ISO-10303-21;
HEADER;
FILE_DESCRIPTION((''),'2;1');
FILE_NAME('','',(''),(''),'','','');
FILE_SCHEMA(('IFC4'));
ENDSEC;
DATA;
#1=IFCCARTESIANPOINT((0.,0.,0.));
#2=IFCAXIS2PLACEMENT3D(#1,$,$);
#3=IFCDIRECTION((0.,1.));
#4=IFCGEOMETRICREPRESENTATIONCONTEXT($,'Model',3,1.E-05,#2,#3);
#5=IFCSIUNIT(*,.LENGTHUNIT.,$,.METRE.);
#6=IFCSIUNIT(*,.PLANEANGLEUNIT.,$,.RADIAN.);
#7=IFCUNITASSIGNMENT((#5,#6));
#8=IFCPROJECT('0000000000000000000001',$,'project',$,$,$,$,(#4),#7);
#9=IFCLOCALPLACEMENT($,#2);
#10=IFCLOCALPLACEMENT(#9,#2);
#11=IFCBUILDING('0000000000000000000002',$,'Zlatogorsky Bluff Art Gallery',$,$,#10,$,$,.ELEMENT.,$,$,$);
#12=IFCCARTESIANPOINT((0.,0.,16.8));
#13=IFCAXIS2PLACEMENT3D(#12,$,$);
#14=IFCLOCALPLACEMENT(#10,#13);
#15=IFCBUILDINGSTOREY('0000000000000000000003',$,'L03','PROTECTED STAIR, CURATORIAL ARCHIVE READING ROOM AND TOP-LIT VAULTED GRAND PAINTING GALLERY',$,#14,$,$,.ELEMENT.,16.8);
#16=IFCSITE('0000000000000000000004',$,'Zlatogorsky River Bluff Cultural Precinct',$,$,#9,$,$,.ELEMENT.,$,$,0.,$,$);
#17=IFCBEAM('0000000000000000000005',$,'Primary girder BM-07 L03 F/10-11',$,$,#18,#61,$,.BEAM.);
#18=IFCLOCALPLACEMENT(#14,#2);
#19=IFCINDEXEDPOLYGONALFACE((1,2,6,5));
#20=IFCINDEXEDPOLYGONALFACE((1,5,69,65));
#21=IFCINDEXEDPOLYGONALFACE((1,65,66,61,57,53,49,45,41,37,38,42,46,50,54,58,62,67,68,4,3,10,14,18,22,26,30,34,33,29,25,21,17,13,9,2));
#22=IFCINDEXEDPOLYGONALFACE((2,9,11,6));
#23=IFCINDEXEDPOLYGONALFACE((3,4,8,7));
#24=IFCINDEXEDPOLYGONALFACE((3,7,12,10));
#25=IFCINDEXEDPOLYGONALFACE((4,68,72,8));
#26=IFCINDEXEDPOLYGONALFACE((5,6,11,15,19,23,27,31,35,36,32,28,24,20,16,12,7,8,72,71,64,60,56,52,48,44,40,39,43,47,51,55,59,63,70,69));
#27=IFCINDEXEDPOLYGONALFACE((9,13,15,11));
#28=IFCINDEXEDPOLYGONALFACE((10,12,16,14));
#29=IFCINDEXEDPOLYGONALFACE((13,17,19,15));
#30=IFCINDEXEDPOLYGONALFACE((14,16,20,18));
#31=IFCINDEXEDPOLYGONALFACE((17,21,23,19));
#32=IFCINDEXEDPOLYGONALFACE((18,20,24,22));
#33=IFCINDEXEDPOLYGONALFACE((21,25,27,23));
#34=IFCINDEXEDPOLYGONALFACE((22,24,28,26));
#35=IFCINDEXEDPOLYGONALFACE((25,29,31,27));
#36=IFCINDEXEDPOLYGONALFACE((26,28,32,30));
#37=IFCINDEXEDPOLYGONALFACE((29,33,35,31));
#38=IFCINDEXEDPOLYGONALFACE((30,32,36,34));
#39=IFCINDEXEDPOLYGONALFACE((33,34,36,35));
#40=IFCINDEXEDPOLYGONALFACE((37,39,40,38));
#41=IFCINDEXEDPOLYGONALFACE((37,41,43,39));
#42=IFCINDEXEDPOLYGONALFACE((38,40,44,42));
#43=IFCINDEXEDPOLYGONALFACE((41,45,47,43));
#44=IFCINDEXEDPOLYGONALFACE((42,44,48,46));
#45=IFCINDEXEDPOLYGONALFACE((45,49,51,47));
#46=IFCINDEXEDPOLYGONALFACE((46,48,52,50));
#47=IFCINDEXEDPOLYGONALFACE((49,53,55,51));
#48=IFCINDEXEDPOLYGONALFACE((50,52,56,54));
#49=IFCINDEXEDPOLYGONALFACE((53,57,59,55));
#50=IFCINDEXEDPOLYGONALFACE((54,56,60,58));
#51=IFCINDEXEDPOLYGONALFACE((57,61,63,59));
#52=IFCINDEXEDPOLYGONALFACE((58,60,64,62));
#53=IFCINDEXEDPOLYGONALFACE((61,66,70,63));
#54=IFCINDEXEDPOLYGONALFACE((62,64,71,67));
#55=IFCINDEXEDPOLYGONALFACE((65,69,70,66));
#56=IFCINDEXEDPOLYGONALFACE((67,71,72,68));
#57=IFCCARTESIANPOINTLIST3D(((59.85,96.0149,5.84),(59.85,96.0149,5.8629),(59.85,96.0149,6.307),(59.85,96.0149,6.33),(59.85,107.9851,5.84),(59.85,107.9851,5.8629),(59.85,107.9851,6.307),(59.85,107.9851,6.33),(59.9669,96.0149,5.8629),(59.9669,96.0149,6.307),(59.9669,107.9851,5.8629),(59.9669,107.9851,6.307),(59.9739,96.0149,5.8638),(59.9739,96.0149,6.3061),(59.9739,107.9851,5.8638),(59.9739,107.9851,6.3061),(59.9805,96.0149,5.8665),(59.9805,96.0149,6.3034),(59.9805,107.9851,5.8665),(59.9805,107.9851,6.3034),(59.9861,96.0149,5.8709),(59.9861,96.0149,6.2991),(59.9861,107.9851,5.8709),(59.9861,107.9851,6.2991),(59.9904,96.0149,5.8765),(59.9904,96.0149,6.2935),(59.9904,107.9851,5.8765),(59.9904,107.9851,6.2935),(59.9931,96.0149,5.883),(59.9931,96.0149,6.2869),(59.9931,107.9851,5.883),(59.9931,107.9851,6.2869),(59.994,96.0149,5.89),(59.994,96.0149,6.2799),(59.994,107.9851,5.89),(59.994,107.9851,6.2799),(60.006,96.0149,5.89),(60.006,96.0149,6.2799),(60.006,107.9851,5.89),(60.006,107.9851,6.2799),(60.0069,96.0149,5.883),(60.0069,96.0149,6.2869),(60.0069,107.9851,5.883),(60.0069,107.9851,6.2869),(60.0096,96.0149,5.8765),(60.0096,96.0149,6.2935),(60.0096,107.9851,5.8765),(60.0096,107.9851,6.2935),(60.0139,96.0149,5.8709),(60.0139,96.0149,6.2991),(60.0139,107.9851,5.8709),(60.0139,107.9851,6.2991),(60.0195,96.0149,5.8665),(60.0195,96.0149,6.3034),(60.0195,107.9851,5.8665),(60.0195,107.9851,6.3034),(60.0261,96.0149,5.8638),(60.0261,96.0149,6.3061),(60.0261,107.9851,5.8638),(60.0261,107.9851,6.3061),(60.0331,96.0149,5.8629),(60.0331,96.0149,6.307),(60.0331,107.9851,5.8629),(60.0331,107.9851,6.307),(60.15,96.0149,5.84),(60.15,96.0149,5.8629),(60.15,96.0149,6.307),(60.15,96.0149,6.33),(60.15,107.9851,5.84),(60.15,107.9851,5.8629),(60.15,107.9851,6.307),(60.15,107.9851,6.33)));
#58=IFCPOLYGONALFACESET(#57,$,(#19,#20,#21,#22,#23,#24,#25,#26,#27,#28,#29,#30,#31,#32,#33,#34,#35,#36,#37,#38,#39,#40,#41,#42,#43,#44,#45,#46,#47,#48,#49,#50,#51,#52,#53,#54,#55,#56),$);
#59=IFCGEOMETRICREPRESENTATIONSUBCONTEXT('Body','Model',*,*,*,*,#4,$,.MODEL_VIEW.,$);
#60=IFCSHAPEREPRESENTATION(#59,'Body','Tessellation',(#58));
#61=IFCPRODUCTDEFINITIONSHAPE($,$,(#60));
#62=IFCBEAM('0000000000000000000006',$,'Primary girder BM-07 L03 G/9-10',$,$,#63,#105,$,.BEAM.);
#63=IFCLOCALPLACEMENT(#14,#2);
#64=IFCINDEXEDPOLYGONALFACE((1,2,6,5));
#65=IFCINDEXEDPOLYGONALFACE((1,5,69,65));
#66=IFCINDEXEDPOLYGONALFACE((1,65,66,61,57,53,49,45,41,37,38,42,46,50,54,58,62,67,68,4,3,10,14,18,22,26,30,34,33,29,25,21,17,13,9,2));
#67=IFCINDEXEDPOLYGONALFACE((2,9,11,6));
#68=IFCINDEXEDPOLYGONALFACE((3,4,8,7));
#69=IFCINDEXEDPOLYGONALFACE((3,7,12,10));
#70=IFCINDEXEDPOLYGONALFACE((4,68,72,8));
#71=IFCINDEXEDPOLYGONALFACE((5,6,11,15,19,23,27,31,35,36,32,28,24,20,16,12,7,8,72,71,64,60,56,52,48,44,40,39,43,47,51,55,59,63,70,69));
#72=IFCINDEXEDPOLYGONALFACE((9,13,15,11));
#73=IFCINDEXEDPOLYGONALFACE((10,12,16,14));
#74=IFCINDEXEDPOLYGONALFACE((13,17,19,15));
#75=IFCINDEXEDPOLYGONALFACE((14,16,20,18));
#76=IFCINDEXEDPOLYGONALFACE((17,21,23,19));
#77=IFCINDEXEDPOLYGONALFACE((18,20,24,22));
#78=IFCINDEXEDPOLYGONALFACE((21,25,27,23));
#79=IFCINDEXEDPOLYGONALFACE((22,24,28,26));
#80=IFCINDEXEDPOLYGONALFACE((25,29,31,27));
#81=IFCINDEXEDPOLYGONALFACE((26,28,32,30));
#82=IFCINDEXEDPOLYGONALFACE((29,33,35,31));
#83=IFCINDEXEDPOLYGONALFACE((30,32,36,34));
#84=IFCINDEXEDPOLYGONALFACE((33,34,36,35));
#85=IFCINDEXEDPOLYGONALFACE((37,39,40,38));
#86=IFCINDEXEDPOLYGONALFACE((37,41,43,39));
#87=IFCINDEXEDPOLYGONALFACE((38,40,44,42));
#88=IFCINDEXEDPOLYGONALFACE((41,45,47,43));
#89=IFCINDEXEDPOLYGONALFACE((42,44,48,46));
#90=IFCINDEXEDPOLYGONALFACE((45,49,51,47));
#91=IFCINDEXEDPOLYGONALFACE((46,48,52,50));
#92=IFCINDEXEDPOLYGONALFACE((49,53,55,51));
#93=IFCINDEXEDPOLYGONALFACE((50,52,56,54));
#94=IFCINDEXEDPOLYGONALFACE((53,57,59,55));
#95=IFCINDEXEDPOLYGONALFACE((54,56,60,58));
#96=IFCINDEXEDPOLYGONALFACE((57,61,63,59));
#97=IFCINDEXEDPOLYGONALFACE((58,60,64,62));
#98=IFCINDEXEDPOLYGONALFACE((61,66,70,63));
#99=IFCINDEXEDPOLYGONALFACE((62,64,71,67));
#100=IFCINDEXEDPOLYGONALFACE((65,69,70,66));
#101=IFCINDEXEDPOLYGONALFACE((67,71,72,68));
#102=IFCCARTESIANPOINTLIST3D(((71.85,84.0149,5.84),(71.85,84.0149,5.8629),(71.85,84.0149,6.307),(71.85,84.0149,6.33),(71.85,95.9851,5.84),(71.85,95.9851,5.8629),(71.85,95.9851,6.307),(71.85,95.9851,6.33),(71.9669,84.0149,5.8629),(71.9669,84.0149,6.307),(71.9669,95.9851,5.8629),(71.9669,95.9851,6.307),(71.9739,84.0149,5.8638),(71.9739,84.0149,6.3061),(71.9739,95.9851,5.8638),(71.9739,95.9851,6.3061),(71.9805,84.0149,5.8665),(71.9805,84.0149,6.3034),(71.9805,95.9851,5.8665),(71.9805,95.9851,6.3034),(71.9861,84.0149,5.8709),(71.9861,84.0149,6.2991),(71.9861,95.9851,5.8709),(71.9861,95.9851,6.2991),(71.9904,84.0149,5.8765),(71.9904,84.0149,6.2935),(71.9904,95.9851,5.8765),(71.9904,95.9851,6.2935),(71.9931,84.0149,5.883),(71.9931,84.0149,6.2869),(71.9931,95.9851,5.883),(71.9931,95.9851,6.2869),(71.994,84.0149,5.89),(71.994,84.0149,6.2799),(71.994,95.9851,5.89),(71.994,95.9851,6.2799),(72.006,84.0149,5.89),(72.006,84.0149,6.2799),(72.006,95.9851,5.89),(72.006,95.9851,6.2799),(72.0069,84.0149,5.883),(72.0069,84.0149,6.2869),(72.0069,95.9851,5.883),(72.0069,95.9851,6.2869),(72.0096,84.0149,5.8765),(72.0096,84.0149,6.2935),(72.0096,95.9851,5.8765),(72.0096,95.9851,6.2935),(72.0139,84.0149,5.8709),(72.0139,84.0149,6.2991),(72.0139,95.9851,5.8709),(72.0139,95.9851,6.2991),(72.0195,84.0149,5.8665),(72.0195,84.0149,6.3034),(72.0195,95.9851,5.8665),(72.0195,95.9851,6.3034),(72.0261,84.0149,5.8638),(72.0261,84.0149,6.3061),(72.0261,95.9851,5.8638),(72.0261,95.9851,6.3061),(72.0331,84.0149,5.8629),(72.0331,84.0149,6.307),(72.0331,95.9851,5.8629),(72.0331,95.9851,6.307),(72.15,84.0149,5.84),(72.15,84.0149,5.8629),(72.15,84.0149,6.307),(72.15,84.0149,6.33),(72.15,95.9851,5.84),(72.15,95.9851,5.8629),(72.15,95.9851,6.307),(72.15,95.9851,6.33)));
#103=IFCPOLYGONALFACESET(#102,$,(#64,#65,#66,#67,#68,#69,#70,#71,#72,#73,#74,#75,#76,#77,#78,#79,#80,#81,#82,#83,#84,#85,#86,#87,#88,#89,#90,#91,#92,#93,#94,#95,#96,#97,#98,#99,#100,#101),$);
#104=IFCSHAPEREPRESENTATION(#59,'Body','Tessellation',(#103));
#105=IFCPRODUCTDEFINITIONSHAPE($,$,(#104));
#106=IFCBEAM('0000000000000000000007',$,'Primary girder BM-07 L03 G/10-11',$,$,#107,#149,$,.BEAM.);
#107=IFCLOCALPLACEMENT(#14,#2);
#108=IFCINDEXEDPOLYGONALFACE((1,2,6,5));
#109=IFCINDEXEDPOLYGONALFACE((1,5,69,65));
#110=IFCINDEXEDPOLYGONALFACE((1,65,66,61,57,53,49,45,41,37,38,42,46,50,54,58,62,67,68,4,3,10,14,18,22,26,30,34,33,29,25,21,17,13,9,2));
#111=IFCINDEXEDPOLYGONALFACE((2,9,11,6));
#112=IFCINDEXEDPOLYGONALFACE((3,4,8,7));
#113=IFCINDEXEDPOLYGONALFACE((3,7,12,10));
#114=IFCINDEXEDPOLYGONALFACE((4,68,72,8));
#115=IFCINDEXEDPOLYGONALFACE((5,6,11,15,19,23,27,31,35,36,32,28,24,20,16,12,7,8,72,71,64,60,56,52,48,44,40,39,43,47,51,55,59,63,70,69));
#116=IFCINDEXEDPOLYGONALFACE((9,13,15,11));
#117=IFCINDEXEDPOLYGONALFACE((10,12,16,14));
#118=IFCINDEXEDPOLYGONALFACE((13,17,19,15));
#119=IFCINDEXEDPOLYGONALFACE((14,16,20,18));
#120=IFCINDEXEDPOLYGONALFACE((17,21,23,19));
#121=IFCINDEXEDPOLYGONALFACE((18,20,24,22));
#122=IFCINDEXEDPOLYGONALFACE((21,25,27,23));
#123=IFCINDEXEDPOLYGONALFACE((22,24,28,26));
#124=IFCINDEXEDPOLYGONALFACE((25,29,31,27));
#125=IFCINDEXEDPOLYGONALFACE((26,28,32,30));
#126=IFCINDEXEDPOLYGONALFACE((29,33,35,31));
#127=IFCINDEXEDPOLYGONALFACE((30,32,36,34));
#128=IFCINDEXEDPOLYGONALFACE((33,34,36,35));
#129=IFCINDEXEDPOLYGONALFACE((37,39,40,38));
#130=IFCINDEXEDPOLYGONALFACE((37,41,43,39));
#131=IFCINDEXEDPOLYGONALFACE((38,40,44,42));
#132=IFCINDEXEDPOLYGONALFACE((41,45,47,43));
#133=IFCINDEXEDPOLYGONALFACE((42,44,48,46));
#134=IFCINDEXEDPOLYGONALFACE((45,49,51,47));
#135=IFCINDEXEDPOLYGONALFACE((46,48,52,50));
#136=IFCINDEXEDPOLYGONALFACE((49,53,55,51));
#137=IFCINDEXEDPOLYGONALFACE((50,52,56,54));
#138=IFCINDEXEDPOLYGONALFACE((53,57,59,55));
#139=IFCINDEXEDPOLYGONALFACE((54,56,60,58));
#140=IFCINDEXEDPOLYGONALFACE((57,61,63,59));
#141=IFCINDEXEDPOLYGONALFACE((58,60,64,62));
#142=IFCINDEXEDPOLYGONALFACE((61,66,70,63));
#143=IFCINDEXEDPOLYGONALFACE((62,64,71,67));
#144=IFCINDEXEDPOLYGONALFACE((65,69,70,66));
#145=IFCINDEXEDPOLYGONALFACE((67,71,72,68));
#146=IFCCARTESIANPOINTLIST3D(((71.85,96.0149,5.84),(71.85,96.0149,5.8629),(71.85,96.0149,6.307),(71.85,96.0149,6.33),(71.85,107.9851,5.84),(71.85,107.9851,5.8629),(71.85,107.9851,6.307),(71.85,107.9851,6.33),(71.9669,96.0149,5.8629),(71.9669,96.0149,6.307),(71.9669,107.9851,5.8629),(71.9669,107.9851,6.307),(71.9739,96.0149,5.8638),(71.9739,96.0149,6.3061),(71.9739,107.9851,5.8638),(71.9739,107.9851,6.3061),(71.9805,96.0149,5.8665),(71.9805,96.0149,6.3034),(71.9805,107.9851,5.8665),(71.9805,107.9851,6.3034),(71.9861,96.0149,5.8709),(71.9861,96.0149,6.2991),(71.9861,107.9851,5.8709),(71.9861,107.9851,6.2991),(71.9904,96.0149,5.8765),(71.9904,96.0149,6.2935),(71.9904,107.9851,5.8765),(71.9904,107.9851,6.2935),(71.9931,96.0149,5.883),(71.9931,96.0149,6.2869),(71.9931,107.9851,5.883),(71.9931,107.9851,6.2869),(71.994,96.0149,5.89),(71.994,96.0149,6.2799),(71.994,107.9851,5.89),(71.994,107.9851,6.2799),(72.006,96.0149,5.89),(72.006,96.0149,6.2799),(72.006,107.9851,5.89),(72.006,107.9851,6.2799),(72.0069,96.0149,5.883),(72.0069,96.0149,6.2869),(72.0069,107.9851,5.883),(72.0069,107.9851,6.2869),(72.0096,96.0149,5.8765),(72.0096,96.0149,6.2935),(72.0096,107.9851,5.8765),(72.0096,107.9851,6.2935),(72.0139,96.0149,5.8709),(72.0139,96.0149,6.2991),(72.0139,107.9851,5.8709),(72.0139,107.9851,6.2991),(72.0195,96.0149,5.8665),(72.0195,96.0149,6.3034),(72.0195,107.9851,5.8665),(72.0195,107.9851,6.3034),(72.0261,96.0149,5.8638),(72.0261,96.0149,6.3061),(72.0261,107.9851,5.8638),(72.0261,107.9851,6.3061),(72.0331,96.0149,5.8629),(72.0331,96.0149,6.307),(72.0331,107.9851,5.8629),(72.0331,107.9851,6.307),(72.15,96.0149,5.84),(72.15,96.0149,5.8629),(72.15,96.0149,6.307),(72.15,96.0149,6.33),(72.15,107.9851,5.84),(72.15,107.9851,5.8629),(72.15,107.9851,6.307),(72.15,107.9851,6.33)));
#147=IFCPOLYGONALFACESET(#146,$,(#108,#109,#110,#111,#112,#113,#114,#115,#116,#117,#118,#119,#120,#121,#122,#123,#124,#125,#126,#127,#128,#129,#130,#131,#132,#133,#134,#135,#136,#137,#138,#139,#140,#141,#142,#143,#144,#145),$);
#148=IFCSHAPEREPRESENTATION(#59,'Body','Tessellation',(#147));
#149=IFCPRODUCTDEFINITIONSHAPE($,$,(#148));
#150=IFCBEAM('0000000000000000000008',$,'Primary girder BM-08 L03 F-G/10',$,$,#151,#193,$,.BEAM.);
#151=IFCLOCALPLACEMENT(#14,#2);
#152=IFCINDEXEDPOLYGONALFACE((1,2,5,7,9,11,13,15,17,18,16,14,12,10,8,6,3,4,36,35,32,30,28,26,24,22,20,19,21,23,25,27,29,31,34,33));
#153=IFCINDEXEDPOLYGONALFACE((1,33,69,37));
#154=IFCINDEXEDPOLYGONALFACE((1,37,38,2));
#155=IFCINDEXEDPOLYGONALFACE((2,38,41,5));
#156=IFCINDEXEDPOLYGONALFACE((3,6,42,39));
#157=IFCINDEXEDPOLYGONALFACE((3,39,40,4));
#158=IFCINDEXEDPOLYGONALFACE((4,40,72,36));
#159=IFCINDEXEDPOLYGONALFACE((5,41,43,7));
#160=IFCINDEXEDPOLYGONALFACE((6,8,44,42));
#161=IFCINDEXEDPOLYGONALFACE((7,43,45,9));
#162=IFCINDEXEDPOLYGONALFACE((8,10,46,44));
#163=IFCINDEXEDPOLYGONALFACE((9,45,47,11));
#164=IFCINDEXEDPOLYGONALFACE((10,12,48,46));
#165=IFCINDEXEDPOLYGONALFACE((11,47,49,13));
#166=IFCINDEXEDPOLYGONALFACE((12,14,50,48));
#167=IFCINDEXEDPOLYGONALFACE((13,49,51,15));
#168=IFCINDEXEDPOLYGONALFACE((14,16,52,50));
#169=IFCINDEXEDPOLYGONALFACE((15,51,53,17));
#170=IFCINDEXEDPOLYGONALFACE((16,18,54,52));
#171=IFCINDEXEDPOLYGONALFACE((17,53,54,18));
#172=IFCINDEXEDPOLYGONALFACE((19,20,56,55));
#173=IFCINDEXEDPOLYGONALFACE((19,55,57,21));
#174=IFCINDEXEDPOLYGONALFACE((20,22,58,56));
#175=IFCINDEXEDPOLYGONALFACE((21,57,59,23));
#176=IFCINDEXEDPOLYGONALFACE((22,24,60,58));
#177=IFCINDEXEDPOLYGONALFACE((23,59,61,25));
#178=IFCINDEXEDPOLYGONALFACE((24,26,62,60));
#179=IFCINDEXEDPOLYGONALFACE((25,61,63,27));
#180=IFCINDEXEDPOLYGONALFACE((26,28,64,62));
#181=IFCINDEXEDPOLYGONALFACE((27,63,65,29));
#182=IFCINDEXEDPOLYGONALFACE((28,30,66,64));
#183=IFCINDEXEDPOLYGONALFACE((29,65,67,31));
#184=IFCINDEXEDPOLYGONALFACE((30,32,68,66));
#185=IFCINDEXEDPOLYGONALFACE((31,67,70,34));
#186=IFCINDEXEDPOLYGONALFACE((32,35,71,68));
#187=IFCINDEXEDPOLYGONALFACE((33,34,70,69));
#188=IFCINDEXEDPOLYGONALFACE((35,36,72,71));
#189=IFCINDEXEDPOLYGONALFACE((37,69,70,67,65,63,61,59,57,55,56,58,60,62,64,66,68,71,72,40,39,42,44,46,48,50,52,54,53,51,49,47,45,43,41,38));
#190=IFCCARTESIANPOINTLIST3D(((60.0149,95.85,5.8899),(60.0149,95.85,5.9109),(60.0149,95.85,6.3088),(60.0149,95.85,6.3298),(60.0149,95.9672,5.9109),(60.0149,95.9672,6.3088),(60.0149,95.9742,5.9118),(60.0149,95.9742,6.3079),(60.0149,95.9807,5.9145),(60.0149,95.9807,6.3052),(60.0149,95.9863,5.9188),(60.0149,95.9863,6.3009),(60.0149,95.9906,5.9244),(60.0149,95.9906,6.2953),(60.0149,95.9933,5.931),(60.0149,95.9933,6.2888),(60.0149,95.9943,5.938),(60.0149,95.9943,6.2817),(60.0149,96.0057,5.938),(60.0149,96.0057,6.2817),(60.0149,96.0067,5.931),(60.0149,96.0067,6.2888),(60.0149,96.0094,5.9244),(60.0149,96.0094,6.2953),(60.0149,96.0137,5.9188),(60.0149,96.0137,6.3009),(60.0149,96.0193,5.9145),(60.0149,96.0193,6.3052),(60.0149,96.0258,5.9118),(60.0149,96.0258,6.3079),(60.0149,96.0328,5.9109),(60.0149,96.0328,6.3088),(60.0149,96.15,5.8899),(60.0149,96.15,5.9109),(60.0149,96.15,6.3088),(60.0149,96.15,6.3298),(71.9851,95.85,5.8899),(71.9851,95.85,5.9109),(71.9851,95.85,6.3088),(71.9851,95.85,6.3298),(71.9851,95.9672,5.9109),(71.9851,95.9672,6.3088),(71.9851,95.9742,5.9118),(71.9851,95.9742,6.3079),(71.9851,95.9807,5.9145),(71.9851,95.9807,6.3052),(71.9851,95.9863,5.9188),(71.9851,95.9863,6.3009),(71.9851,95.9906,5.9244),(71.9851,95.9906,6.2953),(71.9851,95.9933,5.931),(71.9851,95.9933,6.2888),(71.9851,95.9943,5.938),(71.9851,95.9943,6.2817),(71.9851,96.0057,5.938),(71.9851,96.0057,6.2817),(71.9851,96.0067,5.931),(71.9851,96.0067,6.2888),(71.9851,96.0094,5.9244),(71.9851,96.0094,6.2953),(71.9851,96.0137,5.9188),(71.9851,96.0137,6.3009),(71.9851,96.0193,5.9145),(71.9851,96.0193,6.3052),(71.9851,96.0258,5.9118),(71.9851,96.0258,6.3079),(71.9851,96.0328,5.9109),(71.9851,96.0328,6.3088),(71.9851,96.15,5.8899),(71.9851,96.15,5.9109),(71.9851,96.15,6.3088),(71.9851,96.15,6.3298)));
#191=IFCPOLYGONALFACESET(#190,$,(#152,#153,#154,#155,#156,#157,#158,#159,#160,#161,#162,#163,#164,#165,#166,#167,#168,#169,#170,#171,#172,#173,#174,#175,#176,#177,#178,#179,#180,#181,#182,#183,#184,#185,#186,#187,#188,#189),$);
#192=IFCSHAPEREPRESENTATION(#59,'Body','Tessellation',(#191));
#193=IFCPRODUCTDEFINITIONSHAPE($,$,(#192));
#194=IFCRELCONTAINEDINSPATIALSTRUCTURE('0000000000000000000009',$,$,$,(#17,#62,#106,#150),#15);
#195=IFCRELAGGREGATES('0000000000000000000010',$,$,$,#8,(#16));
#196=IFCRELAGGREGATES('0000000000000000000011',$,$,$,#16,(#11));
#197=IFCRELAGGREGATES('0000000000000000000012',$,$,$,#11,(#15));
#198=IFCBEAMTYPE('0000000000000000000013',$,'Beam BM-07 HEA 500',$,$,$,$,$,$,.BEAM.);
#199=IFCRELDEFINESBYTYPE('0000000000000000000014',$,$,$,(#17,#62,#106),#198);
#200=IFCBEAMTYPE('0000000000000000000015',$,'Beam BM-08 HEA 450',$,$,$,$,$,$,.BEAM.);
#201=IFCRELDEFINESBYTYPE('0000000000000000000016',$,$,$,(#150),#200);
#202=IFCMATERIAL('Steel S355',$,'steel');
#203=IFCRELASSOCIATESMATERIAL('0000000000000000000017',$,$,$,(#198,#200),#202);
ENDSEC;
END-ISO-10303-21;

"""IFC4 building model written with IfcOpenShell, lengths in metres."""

from ifc_helpers import new_model, si_unit, direction, frame, origin, origin_2d, place, context, subcontext, project, spatial, i_section, extrude, material, material_profile, profile_set, type_object, element, save


model = new_model("IFC4")

# Units and contexts
model_context = context("Model", 3, precision=1e-05, world=origin(), true_north=direction((0.0, 1.0)))
body_context = subcontext(model_context, "Body", "Model", "MODEL_VIEW")
ifc_project = project(units=[si_unit("LENGTHUNIT", "METRE"), si_unit("PLANEANGLEUNIT", "RADIAN")], contexts=[model_context])

# Site, building, storey
site_placement = place(None, origin())
site = spatial("IfcSite", under=ifc_project, at=site_placement, Name="Zlatogorsky River Bluff Cultural Precinct", CompositionType="ELEMENT", RefElevation=0.0)
building_placement = place(site_placement, origin())
building = spatial("IfcBuilding", under=site, at=building_placement, Name="Zlatogorsky Bluff Art Gallery", CompositionType="ELEMENT")
storey_placement = place(building_placement, frame((0.0, 0.0, 16.8)))
storey = spatial("IfcBuildingStorey", under=building, at=storey_placement, Name="L03", Description="PROTECTED STAIR, CURATORIAL ARCHIVE READING ROOM AND TOP-LIT VAULTED GRAND PAINTING GALLERY", CompositionType="ELEMENT", Elevation=16.8)

# Shared definitions
ifc_material_1 = material(Name="Steel S355", Category="steel")

# Beams
ifc_material_profile_1 = material_profile(ifc_material_1, i_section(OverallWidth=0.3, OverallDepth=0.49, WebThickness=0.012, FlangeThickness=0.0229, FilletRadius=0.0271, at=origin_2d()), Name="HEA 500")
ifc_profile_set_1 = profile_set([ifc_material_profile_1], Name="Steel S355")
beam_type_1 = type_object("IfcBeamType", Name="Beam BM-07 HEA 500", PredefinedType="BEAM", material=ifc_profile_set_1)
for number, where, z_axis, x_axis, name in (
    (1, (60.0, 96.0149, 6.085), (0.0, 1.0, 0.0), (-1.0, 0.0, 0.0), "Primary girder BM-07 L03 F/10-11"),
    (2, (72.0, 84.0149, 6.085), (0.0, 1.0, 0.0), (-1.0, 0.0, 0.0), "Primary girder BM-07 L03 G/9-10"),
    (3, (72.0, 96.0149, 6.085), (0.0, 1.0, 0.0), (-1.0, 0.0, 0.0), "Primary girder BM-07 L03 G/10-11"),
):
    element("IfcBeam", number, at=place(storey_placement, frame(where, z_axis=z_axis, x_axis=x_axis)), inside=storey, type_object=beam_type_1, Name=name, PredefinedType="BEAM", context=body_context, shape_type="SweptSolid", body=[
        extrude(i_section(OverallWidth=0.3, OverallDepth=0.49, WebThickness=0.012, FlangeThickness=0.0229, FilletRadius=0.0271, at=origin_2d()), origin(), (0.0, 0.0, 1.0), 11.9702),
    ])
ifc_material_profile_2 = material_profile(ifc_material_1, i_section(OverallWidth=0.3, OverallDepth=0.4399, WebThickness=0.0115, FlangeThickness=0.021, FilletRadius=0.0271, at=origin_2d()), Name="HEA 450")
ifc_profile_set_2 = profile_set([ifc_material_profile_2], Name="Steel S355")
beam_type_2 = type_object("IfcBeamType", Name="Beam BM-08 HEA 450", PredefinedType="BEAM", material=ifc_profile_set_2)
for number, where, z_axis, x_axis, name in (
    (4, (60.0149, 96.0, 6.1099), (1.0, 0.0, 0.0), (0.0, 1.0, 0.0), "Primary girder BM-08 L03 F-G/10"),
):
    element("IfcBeam", number, at=place(storey_placement, frame(where, z_axis=z_axis, x_axis=x_axis)), inside=storey, type_object=beam_type_2, Name=name, PredefinedType="BEAM", context=body_context, shape_type="SweptSolid", body=[
        extrude(i_section(OverallWidth=0.3, OverallDepth=0.4399, WebThickness=0.0115, FlangeThickness=0.021, FilletRadius=0.0271, at=origin_2d()), origin(), (0.0, 0.0, 1.0), 11.9702),
    ])

save(model, "model.ifc")
